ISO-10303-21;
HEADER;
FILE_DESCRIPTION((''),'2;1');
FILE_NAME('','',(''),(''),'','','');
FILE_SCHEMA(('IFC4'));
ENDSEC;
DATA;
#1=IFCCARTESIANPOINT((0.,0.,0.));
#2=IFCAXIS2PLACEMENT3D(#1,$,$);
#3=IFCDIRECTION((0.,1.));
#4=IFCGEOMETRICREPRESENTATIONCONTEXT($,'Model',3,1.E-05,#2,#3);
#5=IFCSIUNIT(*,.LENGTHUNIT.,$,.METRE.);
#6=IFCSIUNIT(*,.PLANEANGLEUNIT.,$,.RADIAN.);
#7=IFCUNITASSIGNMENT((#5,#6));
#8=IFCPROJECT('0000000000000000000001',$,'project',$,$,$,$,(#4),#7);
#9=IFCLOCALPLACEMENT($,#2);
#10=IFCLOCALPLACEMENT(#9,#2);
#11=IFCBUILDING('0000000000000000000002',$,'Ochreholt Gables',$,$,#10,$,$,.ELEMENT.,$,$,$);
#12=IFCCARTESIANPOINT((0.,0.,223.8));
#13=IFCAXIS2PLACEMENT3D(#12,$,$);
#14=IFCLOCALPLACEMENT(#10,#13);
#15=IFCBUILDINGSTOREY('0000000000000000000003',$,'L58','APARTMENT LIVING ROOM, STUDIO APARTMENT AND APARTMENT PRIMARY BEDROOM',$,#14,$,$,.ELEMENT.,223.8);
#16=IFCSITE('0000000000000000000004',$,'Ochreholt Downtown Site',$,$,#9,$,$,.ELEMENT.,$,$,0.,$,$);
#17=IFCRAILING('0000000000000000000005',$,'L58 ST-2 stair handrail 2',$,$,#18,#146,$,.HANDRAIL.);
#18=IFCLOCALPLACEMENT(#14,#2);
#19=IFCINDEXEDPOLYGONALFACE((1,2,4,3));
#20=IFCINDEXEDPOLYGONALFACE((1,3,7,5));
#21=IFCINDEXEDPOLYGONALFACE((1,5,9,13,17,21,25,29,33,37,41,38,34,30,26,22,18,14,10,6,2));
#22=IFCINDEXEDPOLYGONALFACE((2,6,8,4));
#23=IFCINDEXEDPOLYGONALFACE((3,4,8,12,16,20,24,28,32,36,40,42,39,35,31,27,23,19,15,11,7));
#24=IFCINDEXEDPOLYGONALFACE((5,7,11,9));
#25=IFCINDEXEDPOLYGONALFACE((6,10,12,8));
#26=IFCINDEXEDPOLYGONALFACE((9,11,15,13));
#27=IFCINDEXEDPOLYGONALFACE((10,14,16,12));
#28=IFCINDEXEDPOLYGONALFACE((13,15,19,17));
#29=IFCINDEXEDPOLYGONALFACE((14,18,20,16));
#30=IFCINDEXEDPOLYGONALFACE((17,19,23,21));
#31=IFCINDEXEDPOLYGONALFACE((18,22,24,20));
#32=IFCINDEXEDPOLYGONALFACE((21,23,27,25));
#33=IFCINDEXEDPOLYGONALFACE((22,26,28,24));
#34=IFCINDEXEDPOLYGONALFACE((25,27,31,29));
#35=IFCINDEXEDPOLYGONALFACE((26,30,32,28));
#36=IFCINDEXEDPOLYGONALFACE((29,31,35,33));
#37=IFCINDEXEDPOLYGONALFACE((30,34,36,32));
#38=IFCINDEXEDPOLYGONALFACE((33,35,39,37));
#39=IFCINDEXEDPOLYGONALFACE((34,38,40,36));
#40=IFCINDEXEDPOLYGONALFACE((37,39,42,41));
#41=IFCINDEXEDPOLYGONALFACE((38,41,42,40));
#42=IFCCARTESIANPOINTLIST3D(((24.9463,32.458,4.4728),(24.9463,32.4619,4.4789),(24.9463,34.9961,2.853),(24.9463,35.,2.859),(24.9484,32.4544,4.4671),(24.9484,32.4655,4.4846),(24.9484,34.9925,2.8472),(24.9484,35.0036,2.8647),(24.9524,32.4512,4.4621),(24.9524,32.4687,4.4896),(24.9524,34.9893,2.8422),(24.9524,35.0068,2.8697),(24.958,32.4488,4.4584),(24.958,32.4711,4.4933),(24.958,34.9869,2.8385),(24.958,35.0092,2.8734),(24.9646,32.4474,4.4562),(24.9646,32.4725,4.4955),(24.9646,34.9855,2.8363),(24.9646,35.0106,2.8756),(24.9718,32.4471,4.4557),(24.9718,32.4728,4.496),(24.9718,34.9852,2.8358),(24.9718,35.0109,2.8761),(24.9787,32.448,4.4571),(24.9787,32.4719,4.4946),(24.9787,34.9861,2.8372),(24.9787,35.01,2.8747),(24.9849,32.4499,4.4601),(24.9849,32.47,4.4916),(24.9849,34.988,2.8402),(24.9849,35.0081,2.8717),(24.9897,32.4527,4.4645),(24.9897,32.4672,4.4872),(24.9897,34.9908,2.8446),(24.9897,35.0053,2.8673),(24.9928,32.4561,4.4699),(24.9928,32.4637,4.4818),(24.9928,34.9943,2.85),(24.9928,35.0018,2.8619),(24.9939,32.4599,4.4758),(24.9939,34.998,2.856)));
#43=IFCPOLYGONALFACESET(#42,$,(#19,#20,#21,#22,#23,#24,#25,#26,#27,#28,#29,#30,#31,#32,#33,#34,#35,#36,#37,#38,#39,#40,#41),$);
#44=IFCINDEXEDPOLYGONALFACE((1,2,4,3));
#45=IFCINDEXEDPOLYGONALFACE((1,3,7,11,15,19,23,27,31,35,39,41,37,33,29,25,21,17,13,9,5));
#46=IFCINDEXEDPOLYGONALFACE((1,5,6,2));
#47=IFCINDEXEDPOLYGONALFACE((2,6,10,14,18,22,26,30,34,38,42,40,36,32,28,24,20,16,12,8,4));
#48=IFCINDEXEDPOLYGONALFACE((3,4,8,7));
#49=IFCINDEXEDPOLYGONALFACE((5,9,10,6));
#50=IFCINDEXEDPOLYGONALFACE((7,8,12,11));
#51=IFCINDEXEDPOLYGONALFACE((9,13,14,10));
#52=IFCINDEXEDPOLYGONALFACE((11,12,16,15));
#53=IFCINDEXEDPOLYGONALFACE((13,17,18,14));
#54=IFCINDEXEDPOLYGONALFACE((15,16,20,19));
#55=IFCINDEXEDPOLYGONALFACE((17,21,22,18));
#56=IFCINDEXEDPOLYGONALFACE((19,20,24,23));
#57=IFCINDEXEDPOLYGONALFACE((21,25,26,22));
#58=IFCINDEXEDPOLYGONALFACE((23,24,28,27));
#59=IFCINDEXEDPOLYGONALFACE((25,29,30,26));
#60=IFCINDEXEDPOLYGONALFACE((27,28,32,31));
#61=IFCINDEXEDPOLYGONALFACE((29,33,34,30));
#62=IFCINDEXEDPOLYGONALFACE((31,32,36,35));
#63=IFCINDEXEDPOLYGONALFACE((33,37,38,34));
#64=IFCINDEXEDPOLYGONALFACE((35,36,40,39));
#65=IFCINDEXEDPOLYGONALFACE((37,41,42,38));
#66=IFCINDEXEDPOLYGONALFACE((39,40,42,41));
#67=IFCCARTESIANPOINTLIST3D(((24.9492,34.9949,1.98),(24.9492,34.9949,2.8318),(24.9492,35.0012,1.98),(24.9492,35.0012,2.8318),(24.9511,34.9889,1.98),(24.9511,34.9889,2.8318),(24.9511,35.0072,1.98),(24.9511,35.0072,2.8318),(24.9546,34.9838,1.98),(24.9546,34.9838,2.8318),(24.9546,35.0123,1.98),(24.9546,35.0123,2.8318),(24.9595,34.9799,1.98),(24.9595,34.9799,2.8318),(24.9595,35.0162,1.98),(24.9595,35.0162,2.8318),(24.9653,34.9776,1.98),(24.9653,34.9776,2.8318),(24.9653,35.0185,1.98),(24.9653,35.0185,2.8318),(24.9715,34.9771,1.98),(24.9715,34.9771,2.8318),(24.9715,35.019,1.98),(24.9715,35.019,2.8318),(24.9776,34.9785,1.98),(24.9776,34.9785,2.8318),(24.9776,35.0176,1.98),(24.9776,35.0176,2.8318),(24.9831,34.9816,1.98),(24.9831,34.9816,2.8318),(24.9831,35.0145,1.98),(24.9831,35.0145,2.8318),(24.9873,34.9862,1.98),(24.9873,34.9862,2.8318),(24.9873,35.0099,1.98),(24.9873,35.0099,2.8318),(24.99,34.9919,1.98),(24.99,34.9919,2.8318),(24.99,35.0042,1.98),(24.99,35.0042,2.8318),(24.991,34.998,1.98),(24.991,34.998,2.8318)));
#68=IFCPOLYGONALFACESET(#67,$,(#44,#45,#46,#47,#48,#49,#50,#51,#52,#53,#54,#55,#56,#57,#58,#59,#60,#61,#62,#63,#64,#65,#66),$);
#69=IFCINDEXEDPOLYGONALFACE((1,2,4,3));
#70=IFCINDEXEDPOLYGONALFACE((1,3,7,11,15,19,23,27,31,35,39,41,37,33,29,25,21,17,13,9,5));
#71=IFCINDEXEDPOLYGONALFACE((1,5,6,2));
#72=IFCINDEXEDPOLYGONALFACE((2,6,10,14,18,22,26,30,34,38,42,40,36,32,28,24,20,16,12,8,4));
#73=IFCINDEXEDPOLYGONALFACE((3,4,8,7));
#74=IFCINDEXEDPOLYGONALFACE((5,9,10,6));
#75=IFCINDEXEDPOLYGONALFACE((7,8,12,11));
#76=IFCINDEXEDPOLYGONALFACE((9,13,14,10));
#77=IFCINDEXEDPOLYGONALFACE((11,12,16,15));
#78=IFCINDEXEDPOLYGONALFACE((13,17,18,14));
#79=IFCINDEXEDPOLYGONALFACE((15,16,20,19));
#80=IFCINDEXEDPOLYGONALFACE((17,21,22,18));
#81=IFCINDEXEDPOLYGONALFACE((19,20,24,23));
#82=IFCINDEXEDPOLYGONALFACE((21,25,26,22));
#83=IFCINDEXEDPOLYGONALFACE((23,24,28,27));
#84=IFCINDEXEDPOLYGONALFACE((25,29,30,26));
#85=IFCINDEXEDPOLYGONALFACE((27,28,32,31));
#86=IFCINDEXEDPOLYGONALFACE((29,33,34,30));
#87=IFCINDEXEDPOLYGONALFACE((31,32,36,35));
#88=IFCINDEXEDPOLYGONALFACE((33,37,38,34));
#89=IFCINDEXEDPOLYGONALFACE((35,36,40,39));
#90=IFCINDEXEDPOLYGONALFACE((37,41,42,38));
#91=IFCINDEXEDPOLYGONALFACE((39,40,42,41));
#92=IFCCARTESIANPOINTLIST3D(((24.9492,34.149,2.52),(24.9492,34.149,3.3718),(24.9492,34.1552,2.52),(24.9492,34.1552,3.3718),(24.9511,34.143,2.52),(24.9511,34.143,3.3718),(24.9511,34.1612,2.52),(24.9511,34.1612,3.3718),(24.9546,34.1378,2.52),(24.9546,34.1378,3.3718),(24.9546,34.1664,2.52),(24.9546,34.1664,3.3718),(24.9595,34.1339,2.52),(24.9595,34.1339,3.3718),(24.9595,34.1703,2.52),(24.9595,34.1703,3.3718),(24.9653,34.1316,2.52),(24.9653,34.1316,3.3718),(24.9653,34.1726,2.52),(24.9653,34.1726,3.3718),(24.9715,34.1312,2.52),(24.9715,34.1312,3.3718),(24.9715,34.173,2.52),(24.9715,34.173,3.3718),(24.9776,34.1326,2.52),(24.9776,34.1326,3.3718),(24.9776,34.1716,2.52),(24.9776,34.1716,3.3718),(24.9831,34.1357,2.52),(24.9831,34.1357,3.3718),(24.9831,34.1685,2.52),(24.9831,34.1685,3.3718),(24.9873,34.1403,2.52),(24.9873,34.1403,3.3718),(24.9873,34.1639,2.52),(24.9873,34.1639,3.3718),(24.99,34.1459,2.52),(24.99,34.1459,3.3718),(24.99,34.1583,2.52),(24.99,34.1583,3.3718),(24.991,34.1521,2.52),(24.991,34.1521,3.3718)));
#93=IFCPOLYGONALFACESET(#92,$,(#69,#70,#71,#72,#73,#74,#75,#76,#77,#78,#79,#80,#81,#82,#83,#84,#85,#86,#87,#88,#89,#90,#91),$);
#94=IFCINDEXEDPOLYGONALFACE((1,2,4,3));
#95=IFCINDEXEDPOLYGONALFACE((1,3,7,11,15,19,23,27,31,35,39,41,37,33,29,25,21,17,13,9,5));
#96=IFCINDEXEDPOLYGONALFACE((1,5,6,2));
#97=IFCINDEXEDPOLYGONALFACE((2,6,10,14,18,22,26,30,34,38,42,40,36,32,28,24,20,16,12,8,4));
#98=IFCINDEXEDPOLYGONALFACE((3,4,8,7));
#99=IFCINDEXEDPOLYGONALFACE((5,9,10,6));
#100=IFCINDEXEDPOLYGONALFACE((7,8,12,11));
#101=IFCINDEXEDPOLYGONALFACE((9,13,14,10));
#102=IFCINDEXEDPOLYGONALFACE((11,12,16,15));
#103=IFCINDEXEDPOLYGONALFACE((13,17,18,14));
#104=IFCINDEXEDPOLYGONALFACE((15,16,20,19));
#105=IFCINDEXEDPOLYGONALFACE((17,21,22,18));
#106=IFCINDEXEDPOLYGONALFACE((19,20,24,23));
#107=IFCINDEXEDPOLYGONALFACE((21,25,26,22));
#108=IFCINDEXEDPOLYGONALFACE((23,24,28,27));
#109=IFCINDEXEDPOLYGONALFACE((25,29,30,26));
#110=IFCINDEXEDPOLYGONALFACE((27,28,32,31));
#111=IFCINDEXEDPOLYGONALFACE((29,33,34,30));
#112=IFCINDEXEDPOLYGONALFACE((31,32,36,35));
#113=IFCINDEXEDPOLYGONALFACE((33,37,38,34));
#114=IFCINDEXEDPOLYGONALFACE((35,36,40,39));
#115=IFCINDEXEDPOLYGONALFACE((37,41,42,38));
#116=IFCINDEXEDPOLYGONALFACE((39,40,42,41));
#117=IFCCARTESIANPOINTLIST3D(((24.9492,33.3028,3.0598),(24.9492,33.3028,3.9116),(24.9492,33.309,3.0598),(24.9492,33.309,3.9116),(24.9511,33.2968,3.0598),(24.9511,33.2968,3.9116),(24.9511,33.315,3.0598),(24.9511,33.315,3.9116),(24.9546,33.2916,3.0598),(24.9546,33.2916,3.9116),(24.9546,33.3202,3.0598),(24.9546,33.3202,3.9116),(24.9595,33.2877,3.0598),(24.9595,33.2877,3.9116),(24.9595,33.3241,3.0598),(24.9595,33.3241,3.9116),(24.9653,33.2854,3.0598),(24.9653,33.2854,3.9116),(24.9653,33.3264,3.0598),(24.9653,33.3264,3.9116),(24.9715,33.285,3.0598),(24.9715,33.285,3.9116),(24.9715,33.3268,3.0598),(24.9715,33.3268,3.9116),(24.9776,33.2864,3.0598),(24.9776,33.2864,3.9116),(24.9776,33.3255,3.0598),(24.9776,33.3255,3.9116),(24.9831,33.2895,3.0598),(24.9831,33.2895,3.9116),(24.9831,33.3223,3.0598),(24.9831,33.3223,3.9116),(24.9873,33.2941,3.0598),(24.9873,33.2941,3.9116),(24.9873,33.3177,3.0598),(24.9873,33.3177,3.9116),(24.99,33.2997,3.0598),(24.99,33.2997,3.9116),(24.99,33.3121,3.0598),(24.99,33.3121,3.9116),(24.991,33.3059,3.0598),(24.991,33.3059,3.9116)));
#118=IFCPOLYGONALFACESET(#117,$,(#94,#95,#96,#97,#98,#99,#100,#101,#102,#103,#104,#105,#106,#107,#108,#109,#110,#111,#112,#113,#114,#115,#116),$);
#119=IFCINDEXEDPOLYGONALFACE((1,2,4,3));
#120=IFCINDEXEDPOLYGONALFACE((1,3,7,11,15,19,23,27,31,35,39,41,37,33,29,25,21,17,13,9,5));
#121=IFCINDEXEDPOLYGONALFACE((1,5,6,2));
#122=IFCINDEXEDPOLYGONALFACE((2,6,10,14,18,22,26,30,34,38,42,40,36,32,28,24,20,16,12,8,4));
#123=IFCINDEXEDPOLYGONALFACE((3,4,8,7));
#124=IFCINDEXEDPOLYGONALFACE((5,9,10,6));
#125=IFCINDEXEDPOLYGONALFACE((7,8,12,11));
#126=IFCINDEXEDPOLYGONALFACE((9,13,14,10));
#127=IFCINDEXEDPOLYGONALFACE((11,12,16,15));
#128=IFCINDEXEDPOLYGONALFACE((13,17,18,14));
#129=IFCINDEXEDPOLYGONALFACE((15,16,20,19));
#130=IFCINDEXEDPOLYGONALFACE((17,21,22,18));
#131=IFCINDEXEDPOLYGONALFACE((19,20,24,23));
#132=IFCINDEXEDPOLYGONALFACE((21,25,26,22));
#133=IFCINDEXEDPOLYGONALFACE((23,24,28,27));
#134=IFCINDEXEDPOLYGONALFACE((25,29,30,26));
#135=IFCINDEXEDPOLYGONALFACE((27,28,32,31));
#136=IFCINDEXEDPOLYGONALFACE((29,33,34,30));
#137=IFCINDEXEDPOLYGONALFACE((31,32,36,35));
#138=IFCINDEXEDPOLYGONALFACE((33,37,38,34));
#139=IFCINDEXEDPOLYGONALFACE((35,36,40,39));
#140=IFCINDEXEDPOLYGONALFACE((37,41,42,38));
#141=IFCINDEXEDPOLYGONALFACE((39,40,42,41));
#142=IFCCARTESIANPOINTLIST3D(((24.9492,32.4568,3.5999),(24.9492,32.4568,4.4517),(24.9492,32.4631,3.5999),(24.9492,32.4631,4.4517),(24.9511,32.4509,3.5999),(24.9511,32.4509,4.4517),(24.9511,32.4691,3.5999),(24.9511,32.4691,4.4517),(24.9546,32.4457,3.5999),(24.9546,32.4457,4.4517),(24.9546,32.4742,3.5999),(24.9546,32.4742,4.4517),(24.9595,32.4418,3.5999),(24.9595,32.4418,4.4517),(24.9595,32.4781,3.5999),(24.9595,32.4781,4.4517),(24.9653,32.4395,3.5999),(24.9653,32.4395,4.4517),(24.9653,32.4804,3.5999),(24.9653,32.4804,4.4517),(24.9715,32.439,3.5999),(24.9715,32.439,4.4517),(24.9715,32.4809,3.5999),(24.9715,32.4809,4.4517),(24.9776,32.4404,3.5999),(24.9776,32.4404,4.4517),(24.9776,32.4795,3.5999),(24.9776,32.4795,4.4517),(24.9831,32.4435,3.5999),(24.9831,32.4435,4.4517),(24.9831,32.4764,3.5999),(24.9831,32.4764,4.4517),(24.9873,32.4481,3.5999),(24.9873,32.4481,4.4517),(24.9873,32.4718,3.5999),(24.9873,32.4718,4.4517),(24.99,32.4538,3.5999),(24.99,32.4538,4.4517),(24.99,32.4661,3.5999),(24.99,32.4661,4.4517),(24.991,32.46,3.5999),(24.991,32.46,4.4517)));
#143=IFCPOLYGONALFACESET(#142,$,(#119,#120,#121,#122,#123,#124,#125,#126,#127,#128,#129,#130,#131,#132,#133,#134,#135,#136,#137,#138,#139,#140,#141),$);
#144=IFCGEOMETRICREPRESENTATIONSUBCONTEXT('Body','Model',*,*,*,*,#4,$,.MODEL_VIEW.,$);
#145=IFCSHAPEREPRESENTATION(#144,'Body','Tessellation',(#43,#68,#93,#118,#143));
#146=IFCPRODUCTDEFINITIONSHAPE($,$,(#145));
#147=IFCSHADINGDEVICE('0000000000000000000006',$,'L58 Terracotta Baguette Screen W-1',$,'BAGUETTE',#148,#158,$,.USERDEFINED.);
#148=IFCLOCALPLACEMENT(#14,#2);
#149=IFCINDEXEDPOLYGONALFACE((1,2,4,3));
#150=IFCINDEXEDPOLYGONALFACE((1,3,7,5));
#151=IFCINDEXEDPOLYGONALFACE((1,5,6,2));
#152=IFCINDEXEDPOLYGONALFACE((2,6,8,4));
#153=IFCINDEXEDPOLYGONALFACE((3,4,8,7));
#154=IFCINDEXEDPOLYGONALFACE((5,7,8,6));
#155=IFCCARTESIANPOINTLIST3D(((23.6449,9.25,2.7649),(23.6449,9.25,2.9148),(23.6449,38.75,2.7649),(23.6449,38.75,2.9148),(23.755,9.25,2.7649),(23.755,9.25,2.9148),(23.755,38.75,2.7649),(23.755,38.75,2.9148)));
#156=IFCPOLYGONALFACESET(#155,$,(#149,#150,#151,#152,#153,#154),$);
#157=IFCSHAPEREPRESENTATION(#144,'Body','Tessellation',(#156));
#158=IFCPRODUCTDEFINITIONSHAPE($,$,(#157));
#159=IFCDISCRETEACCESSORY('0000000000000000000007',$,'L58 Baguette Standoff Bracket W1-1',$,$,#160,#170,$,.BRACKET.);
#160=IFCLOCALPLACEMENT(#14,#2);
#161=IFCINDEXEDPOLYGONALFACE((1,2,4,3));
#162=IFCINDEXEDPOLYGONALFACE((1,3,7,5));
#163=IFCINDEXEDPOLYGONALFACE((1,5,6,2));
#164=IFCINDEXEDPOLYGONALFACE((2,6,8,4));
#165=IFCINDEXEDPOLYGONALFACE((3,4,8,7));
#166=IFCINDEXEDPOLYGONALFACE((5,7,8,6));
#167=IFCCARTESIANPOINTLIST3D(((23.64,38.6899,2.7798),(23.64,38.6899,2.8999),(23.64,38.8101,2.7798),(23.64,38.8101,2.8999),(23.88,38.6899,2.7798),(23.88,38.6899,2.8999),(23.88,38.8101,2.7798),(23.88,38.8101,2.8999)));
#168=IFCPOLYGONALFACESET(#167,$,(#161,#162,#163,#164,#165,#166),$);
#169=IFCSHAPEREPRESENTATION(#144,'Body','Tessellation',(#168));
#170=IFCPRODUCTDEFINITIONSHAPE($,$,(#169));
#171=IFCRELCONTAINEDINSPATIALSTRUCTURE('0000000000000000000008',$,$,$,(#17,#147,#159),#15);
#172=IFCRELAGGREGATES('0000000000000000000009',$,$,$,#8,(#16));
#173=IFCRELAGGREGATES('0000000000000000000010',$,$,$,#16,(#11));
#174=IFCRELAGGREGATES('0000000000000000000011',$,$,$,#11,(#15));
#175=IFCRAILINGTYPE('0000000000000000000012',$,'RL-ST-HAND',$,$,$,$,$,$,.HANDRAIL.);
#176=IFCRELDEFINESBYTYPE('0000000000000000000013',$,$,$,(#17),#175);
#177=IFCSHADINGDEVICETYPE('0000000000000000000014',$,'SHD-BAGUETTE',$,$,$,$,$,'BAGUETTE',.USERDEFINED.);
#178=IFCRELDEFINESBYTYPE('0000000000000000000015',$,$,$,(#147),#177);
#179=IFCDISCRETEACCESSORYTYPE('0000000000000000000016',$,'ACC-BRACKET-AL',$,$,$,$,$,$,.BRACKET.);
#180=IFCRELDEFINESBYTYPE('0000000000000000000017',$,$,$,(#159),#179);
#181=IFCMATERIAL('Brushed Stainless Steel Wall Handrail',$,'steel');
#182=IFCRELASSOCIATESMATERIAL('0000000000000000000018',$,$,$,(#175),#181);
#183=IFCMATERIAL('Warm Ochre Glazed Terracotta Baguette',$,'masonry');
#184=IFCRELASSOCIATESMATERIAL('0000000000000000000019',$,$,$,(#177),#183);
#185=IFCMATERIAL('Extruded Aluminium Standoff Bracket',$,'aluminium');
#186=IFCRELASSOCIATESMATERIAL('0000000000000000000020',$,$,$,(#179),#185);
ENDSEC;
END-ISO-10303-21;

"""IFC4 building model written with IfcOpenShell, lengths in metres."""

from ifc_helpers import new_model, si_unit, direction, frame, origin, origin_2d, place, context, subcontext, project, spatial, rectangle, circle, extrude, material, material_profile, profile_set, type_object, element, save


model = new_model("IFC4")

# Units and contexts
model_context = context("Model", 3, precision=1e-05, world=origin(), true_north=direction((0.0, 1.0)))
body_context = subcontext(model_context, "Body", "Model", "MODEL_VIEW")
ifc_project = project(units=[si_unit("LENGTHUNIT", "METRE"), si_unit("PLANEANGLEUNIT", "RADIAN")], contexts=[model_context])

# Site, building, storey
site_placement = place(None, origin())
site = spatial("IfcSite", under=ifc_project, at=site_placement, Name="Ochreholt Downtown Site", CompositionType="ELEMENT", RefElevation=0.0)
building_placement = place(site_placement, origin())
building = spatial("IfcBuilding", under=site, at=building_placement, Name="Ochreholt Gables", CompositionType="ELEMENT")
storey_placement = place(building_placement, frame((0.0, 0.0, 223.8)))
storey = spatial("IfcBuildingStorey", under=building, at=storey_placement, Name="L58", Description="APARTMENT LIVING ROOM, STUDIO APARTMENT AND APARTMENT PRIMARY BEDROOM", CompositionType="ELEMENT", Elevation=223.8)

# Railing
ifc_material_1 = material(Name="Brushed Stainless Steel Wall Handrail", Category="steel")
railing_type_1 = type_object("IfcRailingType", Name="RL-ST-HAND", PredefinedType="HANDRAIL", material=ifc_material_1)
railing_1_placement = place(storey_placement, frame((24.97, 34.998, 1.98)))
element("IfcRailing", 1, at=railing_1_placement, inside=storey, type_object=railing_type_1, Name="L58 ST-2 stair handrail 2", PredefinedType="HANDRAIL", context=body_context, shape_type="SweptSolid", body=[
    extrude(circle(Radius=0.0239, at=origin_2d()), frame((0.0, 0.0, 0.876), z_axis=(0.0, -0.84295, 0.537993), x_axis=(1.0, 0.0, 0.0)), (0.0, 0.0, 1.0), 3.011),
    extrude(circle(Radius=0.021, at=origin_2d()), origin(), (0.0, 0.0, 1.0), 0.8518),
    extrude(circle(Radius=0.021, at=origin_2d()), frame((0.0, -0.8459, 0.54)), (0.0, 0.0, 1.0), 0.8518),
    extrude(circle(Radius=0.021, at=origin_2d()), frame((0.0, -1.6921, 1.0798)), (0.0, 0.0, 1.0), 0.8518),
    extrude(circle(Radius=0.021, at=origin_2d()), frame((0.0, -2.5381, 1.6199)), (0.0, 0.0, 1.0), 0.8518),
])

# Shading device
ifc_material_2 = material(Name="Warm Ochre Glazed Terracotta Baguette", Category="masonry")
ifc_material_profile_1 = material_profile(ifc_material_2, rectangle(XDim=0.1101, YDim=0.1499, at=origin_2d()), Name="TCBAG110X150")
ifc_profile_set_1 = profile_set([ifc_material_profile_1], Name="Warm Ochre Glazed Terracotta Baguette")
shading_device_type = type_object("IfcShadingDeviceType", Name="SHD-BAGUETTE", ElementType="BAGUETTE", PredefinedType="USERDEFINED", material=ifc_profile_set_1)
shading_device_placement = place(storey_placement, frame((23.7, 38.75, 2.8398), z_axis=(0.0, -1.0, 0.0), x_axis=(1.0, 0.0, 0.0)))
element("IfcShadingDevice", 2, at=shading_device_placement, inside=storey, type_object=shading_device_type, Name="L58 Terracotta Baguette Screen W-1", ObjectType="BAGUETTE", PredefinedType="USERDEFINED", context=body_context, shape_type="SweptSolid", body=[
    extrude(rectangle(XDim=0.1101, YDim=0.1499, at=origin_2d()), origin(), (0.0, 0.0, 1.0), 29.5),
])

# Discrete accessory
ifc_material_3 = material(Name="Extruded Aluminium Standoff Bracket", Category="aluminium")
discrete_accessory_type = type_object("IfcDiscreteAccessoryType", Name="ACC-BRACKET-AL", PredefinedType="BRACKET", material=ifc_material_3)
discrete_accessory_placement = place(storey_placement, frame((23.76, 38.75, 2.7798), z_axis=(0.0, 0.0, 1.0), x_axis=(0.0, -1.0, 0.0)))
element("IfcDiscreteAccessory", 3, at=discrete_accessory_placement, inside=storey, type_object=discrete_accessory_type, Name="L58 Baguette Standoff Bracket W1-1", PredefinedType="BRACKET", context=body_context, shape_type="SweptSolid", body=[
    extrude(rectangle(XDim=0.1201, YDim=0.24, at=origin_2d()), origin(), (0.0, 0.0, 1.0), 0.1201),
])

save(model, "model.ifc")
